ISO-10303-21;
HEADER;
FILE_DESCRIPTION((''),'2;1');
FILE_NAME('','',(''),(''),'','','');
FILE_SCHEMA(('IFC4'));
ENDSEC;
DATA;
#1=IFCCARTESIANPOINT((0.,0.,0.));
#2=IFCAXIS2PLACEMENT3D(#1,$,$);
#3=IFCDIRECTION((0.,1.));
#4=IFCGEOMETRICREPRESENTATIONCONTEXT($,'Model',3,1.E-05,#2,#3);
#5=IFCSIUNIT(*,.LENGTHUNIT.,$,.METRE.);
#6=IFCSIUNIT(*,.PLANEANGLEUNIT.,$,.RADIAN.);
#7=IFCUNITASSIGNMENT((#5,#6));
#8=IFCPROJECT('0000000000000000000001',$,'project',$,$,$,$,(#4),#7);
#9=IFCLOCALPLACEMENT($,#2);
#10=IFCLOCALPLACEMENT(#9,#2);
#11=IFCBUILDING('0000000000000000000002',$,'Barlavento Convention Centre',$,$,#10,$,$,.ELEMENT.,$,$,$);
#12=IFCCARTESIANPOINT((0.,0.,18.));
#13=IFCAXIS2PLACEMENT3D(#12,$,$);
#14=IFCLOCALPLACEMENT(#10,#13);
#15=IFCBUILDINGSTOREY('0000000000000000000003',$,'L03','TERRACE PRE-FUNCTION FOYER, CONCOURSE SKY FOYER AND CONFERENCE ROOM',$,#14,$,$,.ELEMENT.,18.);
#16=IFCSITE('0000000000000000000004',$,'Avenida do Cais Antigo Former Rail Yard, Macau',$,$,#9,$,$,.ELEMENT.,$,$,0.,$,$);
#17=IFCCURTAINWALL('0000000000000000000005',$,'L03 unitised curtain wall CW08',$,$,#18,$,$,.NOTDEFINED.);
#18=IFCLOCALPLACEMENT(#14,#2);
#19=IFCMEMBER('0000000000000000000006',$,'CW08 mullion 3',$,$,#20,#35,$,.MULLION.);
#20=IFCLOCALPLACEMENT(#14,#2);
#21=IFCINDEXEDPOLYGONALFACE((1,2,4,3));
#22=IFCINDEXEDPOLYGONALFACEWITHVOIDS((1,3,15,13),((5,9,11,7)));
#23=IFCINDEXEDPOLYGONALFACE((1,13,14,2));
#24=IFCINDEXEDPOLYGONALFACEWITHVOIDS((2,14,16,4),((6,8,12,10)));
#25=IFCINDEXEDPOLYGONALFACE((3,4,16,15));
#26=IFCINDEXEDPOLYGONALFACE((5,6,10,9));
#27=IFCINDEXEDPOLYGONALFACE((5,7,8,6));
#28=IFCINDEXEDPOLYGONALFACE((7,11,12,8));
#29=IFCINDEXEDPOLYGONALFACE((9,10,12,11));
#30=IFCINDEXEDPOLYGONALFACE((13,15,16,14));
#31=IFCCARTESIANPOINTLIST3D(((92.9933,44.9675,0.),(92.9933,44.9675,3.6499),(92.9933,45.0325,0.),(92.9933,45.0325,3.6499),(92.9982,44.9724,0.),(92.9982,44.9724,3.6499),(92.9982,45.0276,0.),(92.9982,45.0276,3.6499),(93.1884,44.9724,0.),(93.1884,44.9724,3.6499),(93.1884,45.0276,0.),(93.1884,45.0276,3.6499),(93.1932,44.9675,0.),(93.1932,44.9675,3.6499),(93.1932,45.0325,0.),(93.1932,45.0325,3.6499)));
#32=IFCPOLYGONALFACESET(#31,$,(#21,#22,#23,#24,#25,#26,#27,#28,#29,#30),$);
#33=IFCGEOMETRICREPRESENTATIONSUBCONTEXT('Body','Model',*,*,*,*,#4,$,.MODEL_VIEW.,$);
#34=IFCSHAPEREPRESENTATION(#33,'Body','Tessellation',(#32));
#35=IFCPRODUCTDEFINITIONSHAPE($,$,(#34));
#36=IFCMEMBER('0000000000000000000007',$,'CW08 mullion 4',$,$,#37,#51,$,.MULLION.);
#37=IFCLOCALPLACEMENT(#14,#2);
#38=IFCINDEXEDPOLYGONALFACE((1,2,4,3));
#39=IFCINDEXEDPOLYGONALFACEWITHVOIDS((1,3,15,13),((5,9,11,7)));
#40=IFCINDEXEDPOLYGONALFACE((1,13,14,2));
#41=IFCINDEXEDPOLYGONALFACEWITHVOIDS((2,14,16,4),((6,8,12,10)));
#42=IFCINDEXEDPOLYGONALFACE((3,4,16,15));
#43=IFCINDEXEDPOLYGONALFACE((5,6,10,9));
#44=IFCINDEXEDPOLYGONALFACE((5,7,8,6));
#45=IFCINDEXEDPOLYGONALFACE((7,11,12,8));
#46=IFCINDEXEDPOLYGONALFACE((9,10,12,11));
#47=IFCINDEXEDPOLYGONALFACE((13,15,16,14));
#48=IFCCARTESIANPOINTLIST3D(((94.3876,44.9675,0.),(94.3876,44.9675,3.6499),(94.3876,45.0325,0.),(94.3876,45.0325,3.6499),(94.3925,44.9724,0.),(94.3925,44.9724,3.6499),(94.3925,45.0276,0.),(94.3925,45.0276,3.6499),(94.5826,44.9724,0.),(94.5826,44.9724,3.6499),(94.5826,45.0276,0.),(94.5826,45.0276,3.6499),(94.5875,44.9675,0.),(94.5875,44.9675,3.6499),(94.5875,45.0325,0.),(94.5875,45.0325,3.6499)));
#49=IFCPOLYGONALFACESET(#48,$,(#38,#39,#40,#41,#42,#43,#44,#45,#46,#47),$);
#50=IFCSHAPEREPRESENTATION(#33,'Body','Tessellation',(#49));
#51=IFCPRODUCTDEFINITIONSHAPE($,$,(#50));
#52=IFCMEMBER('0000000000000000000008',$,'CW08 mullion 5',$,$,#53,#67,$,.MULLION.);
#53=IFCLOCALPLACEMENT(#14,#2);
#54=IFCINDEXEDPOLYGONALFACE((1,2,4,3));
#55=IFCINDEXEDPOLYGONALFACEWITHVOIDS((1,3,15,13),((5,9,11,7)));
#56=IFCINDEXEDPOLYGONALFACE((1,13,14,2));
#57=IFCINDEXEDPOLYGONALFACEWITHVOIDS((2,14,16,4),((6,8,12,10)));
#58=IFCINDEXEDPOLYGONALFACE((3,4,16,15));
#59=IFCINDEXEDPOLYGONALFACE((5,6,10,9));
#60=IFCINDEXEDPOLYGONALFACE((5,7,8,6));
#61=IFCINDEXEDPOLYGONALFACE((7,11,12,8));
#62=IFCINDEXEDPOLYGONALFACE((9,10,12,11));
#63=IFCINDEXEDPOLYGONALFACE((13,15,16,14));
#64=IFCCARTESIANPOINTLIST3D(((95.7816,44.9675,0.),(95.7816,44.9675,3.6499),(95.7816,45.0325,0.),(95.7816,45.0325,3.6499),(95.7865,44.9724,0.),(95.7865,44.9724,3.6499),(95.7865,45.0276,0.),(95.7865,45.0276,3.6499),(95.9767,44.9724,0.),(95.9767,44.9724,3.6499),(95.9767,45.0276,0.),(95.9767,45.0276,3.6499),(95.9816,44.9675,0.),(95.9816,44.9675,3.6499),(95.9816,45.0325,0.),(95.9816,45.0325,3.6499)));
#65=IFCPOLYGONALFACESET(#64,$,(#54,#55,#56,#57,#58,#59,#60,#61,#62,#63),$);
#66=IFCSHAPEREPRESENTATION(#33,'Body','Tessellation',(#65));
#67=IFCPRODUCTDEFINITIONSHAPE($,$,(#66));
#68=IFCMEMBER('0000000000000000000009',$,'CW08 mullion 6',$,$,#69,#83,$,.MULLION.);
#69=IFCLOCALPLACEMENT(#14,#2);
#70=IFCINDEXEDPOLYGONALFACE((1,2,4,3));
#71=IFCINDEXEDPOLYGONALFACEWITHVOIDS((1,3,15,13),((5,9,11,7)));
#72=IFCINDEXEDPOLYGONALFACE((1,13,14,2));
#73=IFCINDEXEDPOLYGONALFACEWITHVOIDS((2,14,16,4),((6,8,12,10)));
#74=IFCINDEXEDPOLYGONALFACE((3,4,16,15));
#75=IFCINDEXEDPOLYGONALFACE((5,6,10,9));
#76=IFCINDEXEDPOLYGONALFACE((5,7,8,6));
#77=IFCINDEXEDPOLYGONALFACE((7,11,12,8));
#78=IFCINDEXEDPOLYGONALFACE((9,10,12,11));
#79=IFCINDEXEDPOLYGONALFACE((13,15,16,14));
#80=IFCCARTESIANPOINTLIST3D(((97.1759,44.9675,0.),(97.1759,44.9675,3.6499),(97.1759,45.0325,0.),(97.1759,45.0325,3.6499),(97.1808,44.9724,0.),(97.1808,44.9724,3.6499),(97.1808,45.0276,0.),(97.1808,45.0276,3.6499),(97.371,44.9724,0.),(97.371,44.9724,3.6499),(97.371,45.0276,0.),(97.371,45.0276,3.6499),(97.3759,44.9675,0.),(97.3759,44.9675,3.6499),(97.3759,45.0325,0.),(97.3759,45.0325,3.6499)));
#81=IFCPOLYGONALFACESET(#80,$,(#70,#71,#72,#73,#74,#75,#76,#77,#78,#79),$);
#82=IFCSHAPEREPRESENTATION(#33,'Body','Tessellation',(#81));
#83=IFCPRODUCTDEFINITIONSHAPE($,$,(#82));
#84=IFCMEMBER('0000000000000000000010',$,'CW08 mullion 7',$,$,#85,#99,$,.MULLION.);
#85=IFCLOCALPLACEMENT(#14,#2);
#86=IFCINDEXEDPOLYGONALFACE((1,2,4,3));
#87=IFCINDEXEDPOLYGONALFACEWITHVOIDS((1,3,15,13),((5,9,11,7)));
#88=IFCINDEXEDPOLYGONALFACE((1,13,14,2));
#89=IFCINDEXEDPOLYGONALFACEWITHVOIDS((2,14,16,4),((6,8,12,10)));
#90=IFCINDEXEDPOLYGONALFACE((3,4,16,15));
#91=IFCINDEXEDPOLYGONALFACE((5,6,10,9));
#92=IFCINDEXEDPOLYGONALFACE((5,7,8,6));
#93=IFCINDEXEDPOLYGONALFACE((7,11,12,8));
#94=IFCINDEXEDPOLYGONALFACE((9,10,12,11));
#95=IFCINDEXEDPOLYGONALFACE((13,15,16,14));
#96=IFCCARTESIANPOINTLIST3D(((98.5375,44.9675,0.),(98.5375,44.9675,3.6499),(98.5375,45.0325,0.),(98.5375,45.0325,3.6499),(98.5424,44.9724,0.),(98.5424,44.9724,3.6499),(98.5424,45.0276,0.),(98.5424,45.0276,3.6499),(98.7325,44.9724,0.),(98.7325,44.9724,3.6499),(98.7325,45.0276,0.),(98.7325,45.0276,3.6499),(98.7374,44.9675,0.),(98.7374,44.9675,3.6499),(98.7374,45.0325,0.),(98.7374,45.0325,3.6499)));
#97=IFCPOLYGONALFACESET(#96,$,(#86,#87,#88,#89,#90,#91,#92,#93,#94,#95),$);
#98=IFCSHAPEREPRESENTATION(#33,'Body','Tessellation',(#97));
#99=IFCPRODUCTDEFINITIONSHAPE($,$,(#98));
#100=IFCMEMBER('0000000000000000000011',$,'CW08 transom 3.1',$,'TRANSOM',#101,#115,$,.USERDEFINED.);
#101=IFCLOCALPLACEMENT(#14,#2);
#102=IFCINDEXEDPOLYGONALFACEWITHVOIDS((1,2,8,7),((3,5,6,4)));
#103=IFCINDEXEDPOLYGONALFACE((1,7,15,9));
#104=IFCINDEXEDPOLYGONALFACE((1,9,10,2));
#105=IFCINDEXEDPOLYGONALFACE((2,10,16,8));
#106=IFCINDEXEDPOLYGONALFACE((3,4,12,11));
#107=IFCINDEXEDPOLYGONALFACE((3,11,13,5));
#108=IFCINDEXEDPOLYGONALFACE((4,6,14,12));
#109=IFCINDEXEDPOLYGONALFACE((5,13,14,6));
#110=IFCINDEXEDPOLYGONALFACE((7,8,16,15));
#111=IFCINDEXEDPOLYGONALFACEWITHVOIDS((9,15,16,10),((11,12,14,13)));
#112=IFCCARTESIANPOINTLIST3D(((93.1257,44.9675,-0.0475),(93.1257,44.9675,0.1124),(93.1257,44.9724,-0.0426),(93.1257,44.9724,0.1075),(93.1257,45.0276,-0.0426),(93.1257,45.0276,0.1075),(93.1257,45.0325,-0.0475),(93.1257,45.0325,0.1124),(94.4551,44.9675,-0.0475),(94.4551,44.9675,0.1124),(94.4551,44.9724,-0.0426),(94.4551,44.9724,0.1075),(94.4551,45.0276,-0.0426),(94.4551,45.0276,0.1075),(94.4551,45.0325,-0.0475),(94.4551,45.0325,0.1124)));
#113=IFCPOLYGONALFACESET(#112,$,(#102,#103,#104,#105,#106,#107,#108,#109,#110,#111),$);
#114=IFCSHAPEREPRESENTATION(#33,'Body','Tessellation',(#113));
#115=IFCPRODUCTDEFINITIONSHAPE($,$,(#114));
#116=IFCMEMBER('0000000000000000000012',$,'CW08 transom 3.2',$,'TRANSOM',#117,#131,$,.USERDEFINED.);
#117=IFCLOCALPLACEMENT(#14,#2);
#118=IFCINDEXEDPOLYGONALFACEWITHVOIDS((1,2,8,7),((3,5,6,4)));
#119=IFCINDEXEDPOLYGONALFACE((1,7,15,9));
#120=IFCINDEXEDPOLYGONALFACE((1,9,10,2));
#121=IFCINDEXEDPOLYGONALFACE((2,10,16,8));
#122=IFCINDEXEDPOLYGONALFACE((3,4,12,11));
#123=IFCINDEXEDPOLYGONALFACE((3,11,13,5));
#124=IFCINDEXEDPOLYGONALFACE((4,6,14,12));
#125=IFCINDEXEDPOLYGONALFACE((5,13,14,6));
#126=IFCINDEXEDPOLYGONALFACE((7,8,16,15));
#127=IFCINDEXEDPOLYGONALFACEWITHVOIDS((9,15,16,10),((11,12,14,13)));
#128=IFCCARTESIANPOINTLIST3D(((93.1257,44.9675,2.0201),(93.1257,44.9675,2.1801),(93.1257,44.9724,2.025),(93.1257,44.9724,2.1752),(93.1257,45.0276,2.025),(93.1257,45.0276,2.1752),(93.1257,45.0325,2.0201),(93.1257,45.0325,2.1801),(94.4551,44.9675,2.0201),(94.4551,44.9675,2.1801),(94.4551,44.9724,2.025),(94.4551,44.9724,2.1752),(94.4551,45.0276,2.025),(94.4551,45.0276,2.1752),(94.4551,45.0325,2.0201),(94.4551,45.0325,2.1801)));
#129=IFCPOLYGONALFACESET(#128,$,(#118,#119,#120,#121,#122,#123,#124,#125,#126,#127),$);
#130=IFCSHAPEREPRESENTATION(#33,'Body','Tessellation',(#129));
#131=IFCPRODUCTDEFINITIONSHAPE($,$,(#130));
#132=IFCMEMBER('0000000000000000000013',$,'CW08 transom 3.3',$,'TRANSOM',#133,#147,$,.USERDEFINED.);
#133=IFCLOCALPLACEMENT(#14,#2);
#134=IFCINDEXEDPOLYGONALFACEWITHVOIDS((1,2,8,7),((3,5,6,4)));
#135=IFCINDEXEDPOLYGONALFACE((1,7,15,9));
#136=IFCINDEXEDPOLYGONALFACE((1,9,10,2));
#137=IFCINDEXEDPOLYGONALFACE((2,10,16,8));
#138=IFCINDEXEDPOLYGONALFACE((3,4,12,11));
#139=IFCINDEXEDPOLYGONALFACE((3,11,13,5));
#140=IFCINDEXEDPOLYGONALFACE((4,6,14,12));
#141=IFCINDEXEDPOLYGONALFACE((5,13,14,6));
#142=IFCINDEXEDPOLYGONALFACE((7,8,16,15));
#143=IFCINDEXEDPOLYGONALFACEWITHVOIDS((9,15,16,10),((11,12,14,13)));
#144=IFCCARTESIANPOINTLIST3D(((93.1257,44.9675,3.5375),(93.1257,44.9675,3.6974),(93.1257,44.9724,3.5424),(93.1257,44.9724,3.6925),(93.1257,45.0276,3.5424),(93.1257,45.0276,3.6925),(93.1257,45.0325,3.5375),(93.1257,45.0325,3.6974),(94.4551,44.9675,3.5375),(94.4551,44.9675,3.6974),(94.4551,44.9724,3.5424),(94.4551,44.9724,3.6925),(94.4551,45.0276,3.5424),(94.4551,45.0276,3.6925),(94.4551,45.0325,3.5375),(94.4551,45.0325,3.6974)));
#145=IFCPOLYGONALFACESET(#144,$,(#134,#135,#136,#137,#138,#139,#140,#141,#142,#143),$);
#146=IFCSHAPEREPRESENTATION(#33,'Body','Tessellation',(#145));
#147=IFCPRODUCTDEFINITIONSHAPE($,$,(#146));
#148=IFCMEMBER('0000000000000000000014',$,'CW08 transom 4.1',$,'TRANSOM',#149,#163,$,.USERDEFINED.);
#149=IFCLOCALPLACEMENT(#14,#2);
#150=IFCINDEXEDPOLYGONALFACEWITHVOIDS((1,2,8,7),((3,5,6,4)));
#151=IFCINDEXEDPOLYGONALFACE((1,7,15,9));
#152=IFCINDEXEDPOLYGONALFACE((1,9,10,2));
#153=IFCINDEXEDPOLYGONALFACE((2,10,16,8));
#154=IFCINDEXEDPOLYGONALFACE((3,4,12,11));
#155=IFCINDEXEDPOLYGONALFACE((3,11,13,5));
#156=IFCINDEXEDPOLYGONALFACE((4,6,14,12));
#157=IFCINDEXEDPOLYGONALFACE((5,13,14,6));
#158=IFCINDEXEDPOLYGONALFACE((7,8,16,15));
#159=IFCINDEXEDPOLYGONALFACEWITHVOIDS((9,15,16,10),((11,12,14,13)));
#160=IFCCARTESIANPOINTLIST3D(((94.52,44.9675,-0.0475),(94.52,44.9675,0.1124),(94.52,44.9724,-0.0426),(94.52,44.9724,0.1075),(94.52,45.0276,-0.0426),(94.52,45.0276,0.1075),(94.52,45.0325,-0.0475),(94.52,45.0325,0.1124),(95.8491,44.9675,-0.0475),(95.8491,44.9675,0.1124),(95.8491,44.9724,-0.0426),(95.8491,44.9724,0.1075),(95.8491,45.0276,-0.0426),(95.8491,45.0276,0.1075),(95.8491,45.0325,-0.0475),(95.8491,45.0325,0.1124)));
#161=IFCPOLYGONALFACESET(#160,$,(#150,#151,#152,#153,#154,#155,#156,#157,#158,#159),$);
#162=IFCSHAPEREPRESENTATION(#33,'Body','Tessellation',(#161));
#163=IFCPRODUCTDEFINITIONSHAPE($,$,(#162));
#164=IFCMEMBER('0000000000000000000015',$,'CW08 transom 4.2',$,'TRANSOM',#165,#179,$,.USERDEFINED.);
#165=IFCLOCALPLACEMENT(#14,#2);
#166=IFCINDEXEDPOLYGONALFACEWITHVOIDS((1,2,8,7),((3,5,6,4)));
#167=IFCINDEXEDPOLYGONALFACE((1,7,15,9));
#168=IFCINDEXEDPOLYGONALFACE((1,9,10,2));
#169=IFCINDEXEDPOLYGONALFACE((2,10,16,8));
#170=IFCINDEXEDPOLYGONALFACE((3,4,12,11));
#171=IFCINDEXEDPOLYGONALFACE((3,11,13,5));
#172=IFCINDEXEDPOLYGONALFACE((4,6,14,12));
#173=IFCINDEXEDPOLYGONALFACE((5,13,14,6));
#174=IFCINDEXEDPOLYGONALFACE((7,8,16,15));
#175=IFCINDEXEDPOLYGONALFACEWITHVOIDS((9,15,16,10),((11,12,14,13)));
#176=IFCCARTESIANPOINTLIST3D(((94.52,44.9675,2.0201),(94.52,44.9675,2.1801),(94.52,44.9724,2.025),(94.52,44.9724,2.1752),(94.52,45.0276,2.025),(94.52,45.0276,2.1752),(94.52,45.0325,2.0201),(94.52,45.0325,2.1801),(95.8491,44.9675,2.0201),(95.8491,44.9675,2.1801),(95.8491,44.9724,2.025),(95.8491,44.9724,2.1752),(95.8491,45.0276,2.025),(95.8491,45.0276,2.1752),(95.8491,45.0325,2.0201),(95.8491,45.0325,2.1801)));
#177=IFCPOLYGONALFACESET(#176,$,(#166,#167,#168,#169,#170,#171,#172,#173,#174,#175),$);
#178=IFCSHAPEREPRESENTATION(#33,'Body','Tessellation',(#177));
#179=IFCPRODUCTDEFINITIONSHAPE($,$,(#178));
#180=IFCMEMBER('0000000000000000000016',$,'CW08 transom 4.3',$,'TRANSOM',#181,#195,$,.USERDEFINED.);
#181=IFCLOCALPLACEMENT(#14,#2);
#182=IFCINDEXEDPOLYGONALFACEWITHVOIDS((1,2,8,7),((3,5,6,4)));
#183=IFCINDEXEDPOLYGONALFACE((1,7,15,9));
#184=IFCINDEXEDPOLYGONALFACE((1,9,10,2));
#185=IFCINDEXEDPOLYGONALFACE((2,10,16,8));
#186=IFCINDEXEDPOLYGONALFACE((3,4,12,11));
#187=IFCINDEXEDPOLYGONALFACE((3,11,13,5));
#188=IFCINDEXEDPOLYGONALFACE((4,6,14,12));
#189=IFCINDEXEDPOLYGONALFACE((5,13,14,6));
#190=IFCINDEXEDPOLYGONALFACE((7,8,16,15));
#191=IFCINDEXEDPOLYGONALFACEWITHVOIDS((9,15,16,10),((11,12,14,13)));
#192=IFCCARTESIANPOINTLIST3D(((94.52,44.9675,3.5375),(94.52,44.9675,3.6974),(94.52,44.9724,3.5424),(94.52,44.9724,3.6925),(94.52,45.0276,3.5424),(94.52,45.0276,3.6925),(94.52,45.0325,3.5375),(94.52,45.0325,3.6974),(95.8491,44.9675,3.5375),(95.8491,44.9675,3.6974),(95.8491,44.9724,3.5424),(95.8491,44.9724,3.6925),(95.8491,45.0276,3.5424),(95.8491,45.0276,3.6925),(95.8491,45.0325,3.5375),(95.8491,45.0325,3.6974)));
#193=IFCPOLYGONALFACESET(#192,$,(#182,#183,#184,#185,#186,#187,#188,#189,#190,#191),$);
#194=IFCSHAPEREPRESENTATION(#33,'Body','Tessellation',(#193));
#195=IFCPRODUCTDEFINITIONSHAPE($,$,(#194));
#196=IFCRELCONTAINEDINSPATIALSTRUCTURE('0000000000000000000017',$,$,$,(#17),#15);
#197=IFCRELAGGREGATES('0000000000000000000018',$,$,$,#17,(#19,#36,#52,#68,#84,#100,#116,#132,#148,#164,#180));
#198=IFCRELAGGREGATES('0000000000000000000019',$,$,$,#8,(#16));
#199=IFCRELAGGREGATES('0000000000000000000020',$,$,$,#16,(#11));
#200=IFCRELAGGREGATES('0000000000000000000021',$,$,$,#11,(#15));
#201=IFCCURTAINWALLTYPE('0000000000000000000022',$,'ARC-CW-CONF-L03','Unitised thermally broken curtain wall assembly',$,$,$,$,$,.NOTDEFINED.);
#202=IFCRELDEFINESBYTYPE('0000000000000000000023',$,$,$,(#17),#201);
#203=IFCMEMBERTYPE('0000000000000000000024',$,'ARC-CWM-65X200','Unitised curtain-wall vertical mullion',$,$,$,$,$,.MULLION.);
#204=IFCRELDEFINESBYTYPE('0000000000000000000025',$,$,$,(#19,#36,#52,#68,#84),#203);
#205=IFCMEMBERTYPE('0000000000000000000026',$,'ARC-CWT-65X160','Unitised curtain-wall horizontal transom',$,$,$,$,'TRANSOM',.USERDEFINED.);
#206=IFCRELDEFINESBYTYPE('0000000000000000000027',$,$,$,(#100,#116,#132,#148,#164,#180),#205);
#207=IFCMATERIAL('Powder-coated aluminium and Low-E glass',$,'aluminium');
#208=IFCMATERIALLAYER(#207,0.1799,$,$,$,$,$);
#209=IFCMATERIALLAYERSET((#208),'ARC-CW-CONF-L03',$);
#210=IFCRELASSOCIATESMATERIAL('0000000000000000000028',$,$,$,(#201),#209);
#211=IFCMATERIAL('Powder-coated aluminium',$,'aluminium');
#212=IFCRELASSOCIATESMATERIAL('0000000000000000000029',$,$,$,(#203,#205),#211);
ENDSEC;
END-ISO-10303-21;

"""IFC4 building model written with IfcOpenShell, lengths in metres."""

from ifc_helpers import new_model, si_unit, direction, frame, origin, origin_2d, place, context, subcontext, project, spatial, hollow_rectangle, extrude, material, layer, layer_set, material_profile, profile_set, type_object, element, aggregate, save


model = new_model("IFC4")

# Units and contexts
model_context = context("Model", 3, precision=1e-05, world=origin(), true_north=direction((0.0, 1.0)))
body_context = subcontext(model_context, "Body", "Model", "MODEL_VIEW")
ifc_project = project(units=[si_unit("LENGTHUNIT", "METRE"), si_unit("PLANEANGLEUNIT", "RADIAN")], contexts=[model_context])

# Site, building, storey
site_placement = place(None, origin())
site = spatial("IfcSite", under=ifc_project, at=site_placement, Name="Avenida do Cais Antigo Former Rail Yard, Macau", CompositionType="ELEMENT", RefElevation=0.0)
building_placement = place(site_placement, origin())
building = spatial("IfcBuilding", under=site, at=building_placement, Name="Barlavento Convention Centre", CompositionType="ELEMENT")
storey_placement = place(building_placement, frame((0.0, 0.0, 18.0)))
storey = spatial("IfcBuildingStorey", under=building, at=storey_placement, Name="L03", Description="TERRACE PRE-FUNCTION FOYER, CONCOURSE SKY FOYER AND CONFERENCE ROOM", CompositionType="ELEMENT", Elevation=18.0)

# Curtain wall, members
ifc_material_1 = material(Name="Powder-coated aluminium and Low-E glass", Category="aluminium")
ifc_layer_1 = layer(ifc_material_1, 0.1799)
ifc_layer_set_1 = layer_set([ifc_layer_1], Name="ARC-CW-CONF-L03")
curtain_wall_type = type_object("IfcCurtainWallType", Name="ARC-CW-CONF-L03", Description="Unitised thermally broken curtain wall assembly", PredefinedType="NOTDEFINED", material=ifc_layer_set_1)
curtain_wall_placement = place(storey_placement, origin())
curtain_wall = element("IfcCurtainWall", 1, at=curtain_wall_placement, inside=storey, type_object=curtain_wall_type, Name="L03 unitised curtain wall CW08", PredefinedType="NOTDEFINED")
ifc_material_2 = material(Name="Powder-coated aluminium", Category="aluminium")
ifc_material_profile_1 = material_profile(ifc_material_2, hollow_rectangle(XDim=0.0649, YDim=0.2, WallThickness=0.0049, at=origin_2d()), Name="AL-MULL 65x200x5")
ifc_profile_set_1 = profile_set([ifc_material_profile_1], Name="Powder-coated aluminium")
member_type_1 = type_object("IfcMemberType", Name="ARC-CWM-65X200", Description="Unitised curtain-wall vertical mullion", PredefinedType="MULLION", material=ifc_profile_set_1)
member_1_placement = place(storey_placement, frame((93.0933, 45.0, 0.0), z_axis=(0.0, 0.0, 1.0), x_axis=(0.0, 1.0, 0.0)))
member_1 = element("IfcMember", 2, at=member_1_placement, type_object=member_type_1, Name="CW08 mullion 3", PredefinedType="MULLION", context=body_context, shape_type="SweptSolid", body=[
    extrude(hollow_rectangle(XDim=0.0649, YDim=0.2, WallThickness=0.0049, at=origin_2d()), origin(), (0.0, 0.0, 1.0), 3.6499),
])
member_2_placement = place(storey_placement, frame((94.4875, 45.0, 0.0), z_axis=(0.0, 0.0, 1.0), x_axis=(0.0, 1.0, 0.0)))
member_2 = element("IfcMember", 3, at=member_2_placement, type_object=member_type_1, Name="CW08 mullion 4", PredefinedType="MULLION", context=body_context, shape_type="SweptSolid", body=[
    extrude(hollow_rectangle(XDim=0.0649, YDim=0.2, WallThickness=0.0049, at=origin_2d()), origin(), (0.0, 0.0, 1.0), 3.6499),
])
member_3_placement = place(storey_placement, frame((95.8816, 45.0, 0.0), z_axis=(0.0, 0.0, 1.0), x_axis=(0.0, 1.0, 0.0)))
member_3 = element("IfcMember", 4, at=member_3_placement, type_object=member_type_1, Name="CW08 mullion 5", PredefinedType="MULLION", context=body_context, shape_type="SweptSolid", body=[
    extrude(hollow_rectangle(XDim=0.0649, YDim=0.2, WallThickness=0.0049, at=origin_2d()), origin(), (0.0, 0.0, 1.0), 3.6499),
])
member_4_placement = place(storey_placement, frame((97.2759, 45.0, 0.0), z_axis=(0.0, 0.0, 1.0), x_axis=(0.0, 1.0, 0.0)))
member_4 = element("IfcMember", 5, at=member_4_placement, type_object=member_type_1, Name="CW08 mullion 6", PredefinedType="MULLION", context=body_context, shape_type="SweptSolid", body=[
    extrude(hollow_rectangle(XDim=0.0649, YDim=0.2, WallThickness=0.0049, at=origin_2d()), origin(), (0.0, 0.0, 1.0), 3.6499),
])
member_5_placement = place(storey_placement, frame((98.6375, 45.0, 0.0), z_axis=(0.0, 0.0, 1.0), x_axis=(0.0, 1.0, 0.0)))
member_5 = element("IfcMember", 6, at=member_5_placement, type_object=member_type_1, Name="CW08 mullion 7", PredefinedType="MULLION", context=body_context, shape_type="SweptSolid", body=[
    extrude(hollow_rectangle(XDim=0.0649, YDim=0.2, WallThickness=0.0049, at=origin_2d()), origin(), (0.0, 0.0, 1.0), 3.6499),
])
ifc_material_profile_2 = material_profile(ifc_material_2, hollow_rectangle(XDim=0.0649, YDim=0.1599, WallThickness=0.0049, at=origin_2d()), Name="AL-TRAN 65x160x5")
ifc_profile_set_2 = profile_set([ifc_material_profile_2], Name="Powder-coated aluminium")
member_type_2 = type_object("IfcMemberType", Name="ARC-CWT-65X160", Description="Unitised curtain-wall horizontal transom", ElementType="TRANSOM", PredefinedType="USERDEFINED", material=ifc_profile_set_2)
member_6_placement = place(storey_placement, frame((93.1257, 45.0, 0.0325), z_axis=(1.0, 0.0, 0.0), x_axis=(0.0, 1.0, 0.0)))
member_6 = element("IfcMember", 7, at=member_6_placement, type_object=member_type_2, Name="CW08 transom 3.1", ObjectType="TRANSOM", PredefinedType="USERDEFINED", context=body_context, shape_type="SweptSolid", body=[
    extrude(hollow_rectangle(XDim=0.0649, YDim=0.1599, WallThickness=0.0049, at=origin_2d()), origin(), (0.0, 0.0, 1.0), 1.3293),
])
member_7_placement = place(storey_placement, frame((93.1257, 45.0, 2.1001), z_axis=(1.0, 0.0, 0.0), x_axis=(0.0, 1.0, 0.0)))
member_7 = element("IfcMember", 8, at=member_7_placement, type_object=member_type_2, Name="CW08 transom 3.2", ObjectType="TRANSOM", PredefinedType="USERDEFINED", context=body_context, shape_type="SweptSolid", body=[
    extrude(hollow_rectangle(XDim=0.0649, YDim=0.1599, WallThickness=0.0049, at=origin_2d()), origin(), (0.0, 0.0, 1.0), 1.3293),
])
member_8_placement = place(storey_placement, frame((93.1257, 45.0, 3.6174), z_axis=(1.0, 0.0, 0.0), x_axis=(0.0, 1.0, 0.0)))
member_8 = element("IfcMember", 9, at=member_8_placement, type_object=member_type_2, Name="CW08 transom 3.3", ObjectType="TRANSOM", PredefinedType="USERDEFINED", context=body_context, shape_type="SweptSolid", body=[
    extrude(hollow_rectangle(XDim=0.0649, YDim=0.1599, WallThickness=0.0049, at=origin_2d()), origin(), (0.0, 0.0, 1.0), 1.3293),
])
member_9_placement = place(storey_placement, frame((94.52, 45.0, 0.0325), z_axis=(1.0, 0.0, 0.0), x_axis=(0.0, 1.0, 0.0)))
member_9 = element("IfcMember", 10, at=member_9_placement, type_object=member_type_2, Name="CW08 transom 4.1", ObjectType="TRANSOM", PredefinedType="USERDEFINED", context=body_context, shape_type="SweptSolid", body=[
    extrude(hollow_rectangle(XDim=0.0649, YDim=0.1599, WallThickness=0.0049, at=origin_2d()), origin(), (0.0, 0.0, 1.0), 1.3291),
])
member_10_placement = place(storey_placement, frame((94.52, 45.0, 2.1001), z_axis=(1.0, 0.0, 0.0), x_axis=(0.0, 1.0, 0.0)))
member_10 = element("IfcMember", 11, at=member_10_placement, type_object=member_type_2, Name="CW08 transom 4.2", ObjectType="TRANSOM", PredefinedType="USERDEFINED", context=body_context, shape_type="SweptSolid", body=[
    extrude(hollow_rectangle(XDim=0.0649, YDim=0.1599, WallThickness=0.0049, at=origin_2d()), origin(), (0.0, 0.0, 1.0), 1.3291),
])
member_11_placement = place(storey_placement, frame((94.52, 45.0, 3.6174), z_axis=(1.0, 0.0, 0.0), x_axis=(0.0, 1.0, 0.0)))
member_11 = element("IfcMember", 12, at=member_11_placement, type_object=member_type_2, Name="CW08 transom 4.3", ObjectType="TRANSOM", PredefinedType="USERDEFINED", context=body_context, shape_type="SweptSolid", body=[
    extrude(hollow_rectangle(XDim=0.0649, YDim=0.1599, WallThickness=0.0049, at=origin_2d()), origin(), (0.0, 0.0, 1.0), 1.3291),
])
aggregate(curtain_wall, [member_1, member_2, member_3, member_4, member_5, member_6, member_7, member_8, member_9, member_10, member_11])

save(model, "model.ifc")
